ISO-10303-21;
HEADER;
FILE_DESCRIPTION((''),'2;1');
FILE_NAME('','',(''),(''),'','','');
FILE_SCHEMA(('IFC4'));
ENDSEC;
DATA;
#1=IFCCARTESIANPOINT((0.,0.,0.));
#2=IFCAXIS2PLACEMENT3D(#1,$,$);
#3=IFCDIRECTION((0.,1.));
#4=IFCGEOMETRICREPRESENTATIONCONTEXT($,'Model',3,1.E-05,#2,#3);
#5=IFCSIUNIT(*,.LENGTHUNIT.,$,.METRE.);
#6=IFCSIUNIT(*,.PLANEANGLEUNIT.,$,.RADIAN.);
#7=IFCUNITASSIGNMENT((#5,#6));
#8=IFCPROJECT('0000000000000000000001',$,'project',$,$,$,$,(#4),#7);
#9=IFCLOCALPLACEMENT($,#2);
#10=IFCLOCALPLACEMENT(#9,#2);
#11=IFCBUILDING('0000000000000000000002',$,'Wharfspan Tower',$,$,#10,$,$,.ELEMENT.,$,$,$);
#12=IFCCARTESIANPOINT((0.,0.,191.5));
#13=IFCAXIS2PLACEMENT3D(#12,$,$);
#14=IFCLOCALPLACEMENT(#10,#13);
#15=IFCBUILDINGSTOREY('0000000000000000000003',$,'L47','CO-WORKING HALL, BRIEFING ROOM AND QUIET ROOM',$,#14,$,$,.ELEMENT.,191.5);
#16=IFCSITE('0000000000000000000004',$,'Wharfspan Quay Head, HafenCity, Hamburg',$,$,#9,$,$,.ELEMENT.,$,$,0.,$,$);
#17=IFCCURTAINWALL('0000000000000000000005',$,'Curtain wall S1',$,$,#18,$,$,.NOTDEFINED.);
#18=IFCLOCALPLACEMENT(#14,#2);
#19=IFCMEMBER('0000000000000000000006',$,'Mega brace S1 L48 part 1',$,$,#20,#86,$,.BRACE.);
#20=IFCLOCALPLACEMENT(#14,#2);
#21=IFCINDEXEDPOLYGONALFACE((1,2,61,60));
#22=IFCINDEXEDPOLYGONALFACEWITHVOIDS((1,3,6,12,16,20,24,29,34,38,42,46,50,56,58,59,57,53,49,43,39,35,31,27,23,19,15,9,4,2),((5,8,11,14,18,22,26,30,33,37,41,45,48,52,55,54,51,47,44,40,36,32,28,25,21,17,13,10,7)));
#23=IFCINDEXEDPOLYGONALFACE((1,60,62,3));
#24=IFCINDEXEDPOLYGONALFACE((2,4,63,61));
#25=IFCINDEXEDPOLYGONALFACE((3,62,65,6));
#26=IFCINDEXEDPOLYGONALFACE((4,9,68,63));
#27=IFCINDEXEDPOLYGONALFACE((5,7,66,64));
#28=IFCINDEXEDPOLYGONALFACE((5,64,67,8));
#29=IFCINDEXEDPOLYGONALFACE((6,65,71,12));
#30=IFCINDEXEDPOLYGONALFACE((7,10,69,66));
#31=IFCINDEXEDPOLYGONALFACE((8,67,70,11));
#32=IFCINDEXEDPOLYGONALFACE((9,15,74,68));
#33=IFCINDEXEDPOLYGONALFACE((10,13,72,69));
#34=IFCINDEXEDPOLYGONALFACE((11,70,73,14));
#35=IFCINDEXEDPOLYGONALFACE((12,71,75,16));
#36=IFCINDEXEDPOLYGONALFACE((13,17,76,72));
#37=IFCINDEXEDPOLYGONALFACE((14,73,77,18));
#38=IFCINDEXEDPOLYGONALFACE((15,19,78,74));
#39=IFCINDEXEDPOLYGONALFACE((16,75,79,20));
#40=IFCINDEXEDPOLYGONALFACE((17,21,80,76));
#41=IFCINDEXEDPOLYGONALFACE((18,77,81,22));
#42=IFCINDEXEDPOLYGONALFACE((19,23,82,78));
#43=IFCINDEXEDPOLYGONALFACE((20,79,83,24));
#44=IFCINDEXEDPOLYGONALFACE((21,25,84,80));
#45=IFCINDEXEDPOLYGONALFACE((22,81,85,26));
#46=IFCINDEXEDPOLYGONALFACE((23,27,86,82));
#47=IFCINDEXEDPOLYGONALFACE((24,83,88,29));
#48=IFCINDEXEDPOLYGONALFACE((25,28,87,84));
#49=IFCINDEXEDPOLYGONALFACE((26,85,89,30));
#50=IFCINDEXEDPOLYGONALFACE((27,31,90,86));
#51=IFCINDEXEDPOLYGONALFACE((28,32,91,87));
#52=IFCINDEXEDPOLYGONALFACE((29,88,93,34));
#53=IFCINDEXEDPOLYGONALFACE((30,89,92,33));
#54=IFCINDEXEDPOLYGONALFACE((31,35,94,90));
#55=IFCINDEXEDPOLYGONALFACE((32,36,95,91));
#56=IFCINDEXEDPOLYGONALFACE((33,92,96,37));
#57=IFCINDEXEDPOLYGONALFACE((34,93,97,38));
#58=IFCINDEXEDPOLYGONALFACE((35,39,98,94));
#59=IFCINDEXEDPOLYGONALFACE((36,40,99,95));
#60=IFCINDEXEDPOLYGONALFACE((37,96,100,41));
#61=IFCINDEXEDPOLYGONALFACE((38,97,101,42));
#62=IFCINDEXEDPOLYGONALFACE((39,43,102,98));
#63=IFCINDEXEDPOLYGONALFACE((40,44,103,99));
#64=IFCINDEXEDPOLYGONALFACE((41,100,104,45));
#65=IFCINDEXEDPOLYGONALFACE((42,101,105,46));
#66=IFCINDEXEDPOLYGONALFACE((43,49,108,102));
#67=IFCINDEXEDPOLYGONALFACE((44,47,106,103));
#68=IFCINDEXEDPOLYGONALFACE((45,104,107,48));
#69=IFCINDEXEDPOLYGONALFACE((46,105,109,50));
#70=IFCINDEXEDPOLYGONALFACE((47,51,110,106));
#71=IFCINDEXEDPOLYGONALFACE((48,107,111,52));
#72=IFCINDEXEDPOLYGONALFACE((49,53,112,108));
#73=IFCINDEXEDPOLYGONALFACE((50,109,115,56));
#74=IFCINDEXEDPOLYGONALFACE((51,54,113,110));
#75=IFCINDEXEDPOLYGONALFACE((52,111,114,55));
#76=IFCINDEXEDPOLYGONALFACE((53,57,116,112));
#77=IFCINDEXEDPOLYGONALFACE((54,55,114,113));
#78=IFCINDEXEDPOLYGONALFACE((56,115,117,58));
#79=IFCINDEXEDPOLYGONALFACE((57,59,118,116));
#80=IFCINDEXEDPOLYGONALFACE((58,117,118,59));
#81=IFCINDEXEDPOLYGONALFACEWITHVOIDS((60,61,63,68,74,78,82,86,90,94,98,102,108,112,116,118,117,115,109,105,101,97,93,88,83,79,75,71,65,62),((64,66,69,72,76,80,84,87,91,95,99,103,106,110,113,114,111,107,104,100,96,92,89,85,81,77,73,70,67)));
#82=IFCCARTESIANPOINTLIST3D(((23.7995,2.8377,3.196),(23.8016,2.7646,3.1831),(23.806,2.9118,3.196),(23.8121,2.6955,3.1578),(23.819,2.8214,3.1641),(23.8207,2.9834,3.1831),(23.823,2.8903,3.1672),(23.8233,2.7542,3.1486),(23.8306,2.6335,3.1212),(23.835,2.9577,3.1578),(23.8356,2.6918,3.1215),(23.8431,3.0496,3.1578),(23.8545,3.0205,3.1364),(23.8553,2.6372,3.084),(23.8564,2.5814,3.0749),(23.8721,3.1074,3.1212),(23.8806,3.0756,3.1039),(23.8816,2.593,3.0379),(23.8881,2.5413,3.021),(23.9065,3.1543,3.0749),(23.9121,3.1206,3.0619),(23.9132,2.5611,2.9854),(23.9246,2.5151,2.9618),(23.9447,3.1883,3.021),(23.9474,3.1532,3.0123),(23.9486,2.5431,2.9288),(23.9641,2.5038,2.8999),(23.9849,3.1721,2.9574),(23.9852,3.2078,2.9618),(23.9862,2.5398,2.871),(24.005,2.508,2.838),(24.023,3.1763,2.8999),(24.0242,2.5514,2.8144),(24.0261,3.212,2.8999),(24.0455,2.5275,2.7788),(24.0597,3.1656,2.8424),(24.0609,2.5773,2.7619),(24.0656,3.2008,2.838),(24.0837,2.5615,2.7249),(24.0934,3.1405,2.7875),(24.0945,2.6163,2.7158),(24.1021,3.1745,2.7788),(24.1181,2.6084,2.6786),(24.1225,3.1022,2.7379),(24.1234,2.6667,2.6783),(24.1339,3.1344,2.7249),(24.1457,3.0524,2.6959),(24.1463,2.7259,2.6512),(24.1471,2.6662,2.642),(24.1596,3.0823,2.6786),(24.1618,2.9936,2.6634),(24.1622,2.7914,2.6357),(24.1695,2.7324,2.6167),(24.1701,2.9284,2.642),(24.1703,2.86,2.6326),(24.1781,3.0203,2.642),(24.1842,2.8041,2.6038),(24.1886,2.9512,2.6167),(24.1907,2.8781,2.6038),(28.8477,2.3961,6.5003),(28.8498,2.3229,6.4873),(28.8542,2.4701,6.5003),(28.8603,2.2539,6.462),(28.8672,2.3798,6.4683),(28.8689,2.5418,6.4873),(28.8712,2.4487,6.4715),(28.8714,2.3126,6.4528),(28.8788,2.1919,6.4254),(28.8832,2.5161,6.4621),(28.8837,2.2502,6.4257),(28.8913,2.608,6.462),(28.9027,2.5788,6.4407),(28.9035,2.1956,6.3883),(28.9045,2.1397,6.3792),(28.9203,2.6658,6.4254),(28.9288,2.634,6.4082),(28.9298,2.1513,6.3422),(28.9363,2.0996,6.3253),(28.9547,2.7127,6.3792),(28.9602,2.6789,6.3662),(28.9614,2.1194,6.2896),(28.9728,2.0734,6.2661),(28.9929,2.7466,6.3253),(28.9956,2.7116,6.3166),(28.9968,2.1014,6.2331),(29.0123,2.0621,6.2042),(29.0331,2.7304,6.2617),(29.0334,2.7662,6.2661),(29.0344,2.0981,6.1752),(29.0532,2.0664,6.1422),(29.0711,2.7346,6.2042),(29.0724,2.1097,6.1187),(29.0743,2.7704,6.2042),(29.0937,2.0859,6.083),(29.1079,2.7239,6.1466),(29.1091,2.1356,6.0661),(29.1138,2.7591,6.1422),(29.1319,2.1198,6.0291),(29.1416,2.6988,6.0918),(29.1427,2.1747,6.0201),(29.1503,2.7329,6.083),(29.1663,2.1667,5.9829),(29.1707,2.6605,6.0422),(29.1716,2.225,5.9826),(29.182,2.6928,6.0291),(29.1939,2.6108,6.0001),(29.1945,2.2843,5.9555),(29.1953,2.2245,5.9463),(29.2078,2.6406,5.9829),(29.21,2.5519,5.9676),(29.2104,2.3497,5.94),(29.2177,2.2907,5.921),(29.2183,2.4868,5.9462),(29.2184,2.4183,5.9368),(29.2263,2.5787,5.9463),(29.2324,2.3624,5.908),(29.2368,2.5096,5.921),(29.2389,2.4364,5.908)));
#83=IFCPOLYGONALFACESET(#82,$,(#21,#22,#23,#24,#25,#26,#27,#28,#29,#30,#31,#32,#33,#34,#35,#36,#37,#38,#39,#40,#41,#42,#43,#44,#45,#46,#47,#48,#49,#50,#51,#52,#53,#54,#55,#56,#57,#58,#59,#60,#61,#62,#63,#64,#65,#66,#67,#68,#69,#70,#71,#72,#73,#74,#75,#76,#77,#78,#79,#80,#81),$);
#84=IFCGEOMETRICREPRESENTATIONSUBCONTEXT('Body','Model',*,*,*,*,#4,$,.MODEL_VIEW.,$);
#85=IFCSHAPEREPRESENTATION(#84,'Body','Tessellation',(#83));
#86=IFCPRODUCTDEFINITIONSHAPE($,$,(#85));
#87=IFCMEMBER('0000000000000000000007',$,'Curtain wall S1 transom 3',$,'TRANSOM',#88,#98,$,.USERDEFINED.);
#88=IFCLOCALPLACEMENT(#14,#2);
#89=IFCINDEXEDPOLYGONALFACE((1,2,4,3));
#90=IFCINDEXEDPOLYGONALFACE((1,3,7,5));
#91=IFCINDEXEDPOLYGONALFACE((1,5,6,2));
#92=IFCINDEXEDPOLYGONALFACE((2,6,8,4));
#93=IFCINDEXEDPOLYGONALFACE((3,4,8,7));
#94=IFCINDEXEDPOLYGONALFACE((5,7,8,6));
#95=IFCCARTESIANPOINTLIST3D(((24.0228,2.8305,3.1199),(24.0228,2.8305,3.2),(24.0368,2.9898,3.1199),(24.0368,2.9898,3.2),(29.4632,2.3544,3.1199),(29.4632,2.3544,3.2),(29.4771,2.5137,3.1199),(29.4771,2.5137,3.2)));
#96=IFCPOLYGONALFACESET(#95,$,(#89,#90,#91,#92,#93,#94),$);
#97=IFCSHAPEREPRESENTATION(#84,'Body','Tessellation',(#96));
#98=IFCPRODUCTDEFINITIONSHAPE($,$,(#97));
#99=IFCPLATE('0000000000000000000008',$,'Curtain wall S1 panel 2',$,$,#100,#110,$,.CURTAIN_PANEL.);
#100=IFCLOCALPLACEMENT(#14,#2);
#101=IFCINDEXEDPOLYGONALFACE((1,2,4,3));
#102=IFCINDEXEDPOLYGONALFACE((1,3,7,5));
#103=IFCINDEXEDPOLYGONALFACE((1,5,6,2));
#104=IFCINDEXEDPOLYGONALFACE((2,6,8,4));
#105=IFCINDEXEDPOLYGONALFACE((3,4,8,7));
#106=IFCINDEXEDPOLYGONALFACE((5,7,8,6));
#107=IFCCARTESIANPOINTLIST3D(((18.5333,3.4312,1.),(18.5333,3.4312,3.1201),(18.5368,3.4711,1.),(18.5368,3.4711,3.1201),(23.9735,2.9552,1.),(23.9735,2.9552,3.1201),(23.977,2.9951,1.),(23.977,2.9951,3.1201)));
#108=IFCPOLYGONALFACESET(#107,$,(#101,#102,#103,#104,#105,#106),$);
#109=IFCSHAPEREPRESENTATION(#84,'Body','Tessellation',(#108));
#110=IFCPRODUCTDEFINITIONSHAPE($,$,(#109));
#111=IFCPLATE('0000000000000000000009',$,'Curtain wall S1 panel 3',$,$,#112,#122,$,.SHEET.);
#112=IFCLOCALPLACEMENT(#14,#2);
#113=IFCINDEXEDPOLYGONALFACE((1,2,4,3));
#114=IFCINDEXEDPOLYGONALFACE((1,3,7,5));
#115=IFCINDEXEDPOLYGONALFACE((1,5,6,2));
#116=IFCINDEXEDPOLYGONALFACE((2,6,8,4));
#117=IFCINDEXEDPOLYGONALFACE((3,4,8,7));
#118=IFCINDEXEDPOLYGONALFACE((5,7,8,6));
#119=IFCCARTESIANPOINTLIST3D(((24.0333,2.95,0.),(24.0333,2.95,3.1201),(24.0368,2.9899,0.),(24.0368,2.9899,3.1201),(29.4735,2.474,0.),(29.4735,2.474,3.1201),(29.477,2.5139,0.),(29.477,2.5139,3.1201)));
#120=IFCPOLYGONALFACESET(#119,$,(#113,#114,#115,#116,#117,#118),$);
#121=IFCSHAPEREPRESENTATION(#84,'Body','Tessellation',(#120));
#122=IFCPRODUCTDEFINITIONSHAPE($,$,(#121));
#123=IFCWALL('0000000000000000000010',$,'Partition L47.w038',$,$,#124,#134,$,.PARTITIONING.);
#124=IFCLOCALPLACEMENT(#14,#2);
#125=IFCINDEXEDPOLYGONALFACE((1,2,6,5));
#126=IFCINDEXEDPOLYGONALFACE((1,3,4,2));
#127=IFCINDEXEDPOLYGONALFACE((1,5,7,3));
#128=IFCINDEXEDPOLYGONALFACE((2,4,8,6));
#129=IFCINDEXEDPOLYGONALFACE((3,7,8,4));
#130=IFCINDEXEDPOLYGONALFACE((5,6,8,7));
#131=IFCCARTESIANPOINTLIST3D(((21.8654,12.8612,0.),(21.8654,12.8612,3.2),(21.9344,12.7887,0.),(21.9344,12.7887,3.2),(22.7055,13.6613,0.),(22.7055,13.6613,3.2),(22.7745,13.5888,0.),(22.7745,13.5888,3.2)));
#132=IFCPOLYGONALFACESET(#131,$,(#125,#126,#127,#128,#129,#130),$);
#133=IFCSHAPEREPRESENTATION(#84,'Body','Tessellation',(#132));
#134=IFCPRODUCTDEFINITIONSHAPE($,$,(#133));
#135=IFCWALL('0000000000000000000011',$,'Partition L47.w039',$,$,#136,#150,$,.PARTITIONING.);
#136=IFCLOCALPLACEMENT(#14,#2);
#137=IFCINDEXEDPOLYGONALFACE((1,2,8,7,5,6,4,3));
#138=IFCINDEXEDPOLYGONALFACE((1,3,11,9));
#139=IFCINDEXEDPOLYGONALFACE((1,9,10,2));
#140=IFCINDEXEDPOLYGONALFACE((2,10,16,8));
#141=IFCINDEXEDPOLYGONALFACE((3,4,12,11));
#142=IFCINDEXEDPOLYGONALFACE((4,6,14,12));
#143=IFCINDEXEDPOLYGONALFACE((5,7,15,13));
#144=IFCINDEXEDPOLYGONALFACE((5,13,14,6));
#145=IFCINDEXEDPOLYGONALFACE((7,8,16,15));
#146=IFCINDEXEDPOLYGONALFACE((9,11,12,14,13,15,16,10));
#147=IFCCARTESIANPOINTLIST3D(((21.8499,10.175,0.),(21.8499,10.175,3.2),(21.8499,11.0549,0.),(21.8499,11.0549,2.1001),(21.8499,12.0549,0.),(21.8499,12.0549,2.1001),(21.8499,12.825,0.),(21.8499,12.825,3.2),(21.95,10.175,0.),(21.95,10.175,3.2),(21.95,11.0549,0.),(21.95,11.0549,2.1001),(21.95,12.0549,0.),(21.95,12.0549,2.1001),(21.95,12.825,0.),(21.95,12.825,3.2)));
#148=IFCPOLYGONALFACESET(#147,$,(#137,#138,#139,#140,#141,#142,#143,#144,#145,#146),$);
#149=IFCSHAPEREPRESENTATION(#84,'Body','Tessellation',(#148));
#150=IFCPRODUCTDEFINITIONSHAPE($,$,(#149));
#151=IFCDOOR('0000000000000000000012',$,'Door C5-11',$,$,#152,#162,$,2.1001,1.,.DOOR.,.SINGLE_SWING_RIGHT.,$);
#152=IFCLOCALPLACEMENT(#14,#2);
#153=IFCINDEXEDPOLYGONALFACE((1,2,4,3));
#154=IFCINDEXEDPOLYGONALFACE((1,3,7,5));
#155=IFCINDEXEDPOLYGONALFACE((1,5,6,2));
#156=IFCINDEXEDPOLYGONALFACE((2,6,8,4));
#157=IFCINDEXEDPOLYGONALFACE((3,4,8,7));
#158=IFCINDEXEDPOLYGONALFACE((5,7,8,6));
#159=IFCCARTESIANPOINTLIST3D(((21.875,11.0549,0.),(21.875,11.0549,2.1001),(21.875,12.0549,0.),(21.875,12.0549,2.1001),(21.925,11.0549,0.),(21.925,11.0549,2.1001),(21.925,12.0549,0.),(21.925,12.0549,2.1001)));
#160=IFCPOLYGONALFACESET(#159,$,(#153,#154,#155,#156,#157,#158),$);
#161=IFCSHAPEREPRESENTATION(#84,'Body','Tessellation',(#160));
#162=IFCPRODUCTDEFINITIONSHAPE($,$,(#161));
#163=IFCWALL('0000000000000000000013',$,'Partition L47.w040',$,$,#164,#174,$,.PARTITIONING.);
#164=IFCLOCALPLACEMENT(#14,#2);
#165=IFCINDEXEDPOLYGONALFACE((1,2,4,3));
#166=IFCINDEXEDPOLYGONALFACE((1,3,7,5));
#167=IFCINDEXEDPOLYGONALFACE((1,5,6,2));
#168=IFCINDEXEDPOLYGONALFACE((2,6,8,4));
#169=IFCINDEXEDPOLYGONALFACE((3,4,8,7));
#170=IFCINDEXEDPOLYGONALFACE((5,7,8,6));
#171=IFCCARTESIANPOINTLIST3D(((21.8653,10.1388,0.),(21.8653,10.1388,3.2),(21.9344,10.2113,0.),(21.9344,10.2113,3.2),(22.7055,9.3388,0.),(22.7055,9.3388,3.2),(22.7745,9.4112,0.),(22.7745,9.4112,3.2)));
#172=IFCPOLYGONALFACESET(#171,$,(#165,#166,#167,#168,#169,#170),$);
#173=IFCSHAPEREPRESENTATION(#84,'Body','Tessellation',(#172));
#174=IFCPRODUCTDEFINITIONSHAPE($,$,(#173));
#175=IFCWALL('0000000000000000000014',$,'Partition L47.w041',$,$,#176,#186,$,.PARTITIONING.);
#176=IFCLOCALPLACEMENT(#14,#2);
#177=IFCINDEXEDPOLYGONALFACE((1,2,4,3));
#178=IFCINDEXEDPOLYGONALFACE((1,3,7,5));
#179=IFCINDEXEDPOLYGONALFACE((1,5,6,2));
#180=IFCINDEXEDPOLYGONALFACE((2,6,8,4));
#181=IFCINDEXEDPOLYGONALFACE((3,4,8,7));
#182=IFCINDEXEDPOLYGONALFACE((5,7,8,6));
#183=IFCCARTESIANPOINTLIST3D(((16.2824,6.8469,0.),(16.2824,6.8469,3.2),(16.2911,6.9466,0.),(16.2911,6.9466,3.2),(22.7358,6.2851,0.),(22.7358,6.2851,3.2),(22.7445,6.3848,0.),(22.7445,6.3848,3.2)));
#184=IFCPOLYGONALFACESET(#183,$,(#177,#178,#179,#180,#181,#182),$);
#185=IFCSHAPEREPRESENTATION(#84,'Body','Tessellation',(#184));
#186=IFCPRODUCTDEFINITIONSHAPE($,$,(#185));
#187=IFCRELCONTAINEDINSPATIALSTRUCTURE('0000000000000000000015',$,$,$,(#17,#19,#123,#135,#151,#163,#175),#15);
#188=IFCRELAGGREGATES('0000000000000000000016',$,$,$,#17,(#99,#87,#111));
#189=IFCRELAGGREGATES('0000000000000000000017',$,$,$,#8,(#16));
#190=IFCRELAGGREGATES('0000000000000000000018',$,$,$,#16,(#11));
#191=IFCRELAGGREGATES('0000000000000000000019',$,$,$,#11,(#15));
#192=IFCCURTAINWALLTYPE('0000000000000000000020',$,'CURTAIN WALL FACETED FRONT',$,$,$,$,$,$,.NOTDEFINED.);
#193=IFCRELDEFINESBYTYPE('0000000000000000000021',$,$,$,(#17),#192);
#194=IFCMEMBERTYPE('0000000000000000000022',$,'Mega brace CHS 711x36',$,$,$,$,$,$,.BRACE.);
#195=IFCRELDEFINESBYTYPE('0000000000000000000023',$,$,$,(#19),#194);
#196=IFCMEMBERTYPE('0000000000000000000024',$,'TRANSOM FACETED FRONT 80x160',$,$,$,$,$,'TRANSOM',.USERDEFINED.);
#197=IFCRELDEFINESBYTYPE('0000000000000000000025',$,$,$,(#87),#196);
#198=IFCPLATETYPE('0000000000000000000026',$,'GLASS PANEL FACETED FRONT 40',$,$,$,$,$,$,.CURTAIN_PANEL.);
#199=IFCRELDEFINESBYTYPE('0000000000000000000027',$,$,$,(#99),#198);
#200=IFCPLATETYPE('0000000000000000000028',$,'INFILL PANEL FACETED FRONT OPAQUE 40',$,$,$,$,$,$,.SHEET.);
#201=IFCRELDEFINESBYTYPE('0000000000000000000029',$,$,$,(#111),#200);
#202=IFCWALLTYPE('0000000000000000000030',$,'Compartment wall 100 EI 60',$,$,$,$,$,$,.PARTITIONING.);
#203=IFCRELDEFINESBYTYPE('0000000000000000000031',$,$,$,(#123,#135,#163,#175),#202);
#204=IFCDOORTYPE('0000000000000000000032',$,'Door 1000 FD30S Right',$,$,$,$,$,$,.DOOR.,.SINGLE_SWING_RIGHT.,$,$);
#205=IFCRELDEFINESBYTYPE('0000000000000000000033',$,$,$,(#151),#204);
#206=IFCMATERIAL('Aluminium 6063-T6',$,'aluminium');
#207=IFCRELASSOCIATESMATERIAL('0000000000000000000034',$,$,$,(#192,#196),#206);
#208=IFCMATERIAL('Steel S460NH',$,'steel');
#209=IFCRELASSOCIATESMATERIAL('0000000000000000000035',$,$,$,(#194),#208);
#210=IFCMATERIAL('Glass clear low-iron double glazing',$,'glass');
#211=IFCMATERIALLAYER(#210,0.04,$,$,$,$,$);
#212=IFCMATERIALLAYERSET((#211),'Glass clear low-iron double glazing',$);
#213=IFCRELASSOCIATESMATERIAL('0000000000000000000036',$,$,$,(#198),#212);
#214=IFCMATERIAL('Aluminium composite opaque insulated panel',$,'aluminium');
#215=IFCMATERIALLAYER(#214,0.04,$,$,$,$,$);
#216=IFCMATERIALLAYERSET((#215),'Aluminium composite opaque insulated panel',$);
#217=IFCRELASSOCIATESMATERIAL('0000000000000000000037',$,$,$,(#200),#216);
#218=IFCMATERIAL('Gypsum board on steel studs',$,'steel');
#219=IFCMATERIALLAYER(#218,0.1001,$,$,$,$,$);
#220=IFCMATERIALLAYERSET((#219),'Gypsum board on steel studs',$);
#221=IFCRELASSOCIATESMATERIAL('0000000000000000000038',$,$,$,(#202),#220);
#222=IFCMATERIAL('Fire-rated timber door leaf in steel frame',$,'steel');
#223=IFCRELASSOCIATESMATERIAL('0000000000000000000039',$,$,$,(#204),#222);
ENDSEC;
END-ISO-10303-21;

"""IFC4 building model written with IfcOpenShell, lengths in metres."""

from ifc_helpers import new_model, si_unit, direction, frame, frame_2d, origin, origin_2d, place, context, subcontext, project, spatial, rectangle, hollow_circle, extrude, material, layer, layer_set, material_profile, profile_set, type_object, element, fill, aggregate, save


model = new_model("IFC4")

# Units and contexts
model_context = context("Model", 3, precision=1e-05, world=origin(), true_north=direction((0.0, 1.0)))
body_context = subcontext(model_context, "Body", "Model", "MODEL_VIEW")
ifc_project = project(units=[si_unit("LENGTHUNIT", "METRE"), si_unit("PLANEANGLEUNIT", "RADIAN")], contexts=[model_context])

# Site, building, storey
site_placement = place(None, origin())
site = spatial("IfcSite", under=ifc_project, at=site_placement, Name="Wharfspan Quay Head, HafenCity, Hamburg", CompositionType="ELEMENT", RefElevation=0.0)
building_placement = place(site_placement, origin())
building = spatial("IfcBuilding", under=site, at=building_placement, Name="Wharfspan Tower", CompositionType="ELEMENT")
storey_placement = place(building_placement, frame((0.0, 0.0, 191.5)))
storey = spatial("IfcBuildingStorey", under=building, at=storey_placement, Name="L47", Description="CO-WORKING HALL, BRIEFING ROOM AND QUIET ROOM", CompositionType="ELEMENT", Elevation=191.5)

# Curtain wall
ifc_material_1 = material(Name="Aluminium 6063-T6", Category="aluminium")
curtain_wall_type = type_object("IfcCurtainWallType", Name="CURTAIN WALL FACETED FRONT", PredefinedType="NOTDEFINED", material=ifc_material_1)
curtain_wall_placement = place(storey_placement, origin())
curtain_wall = element("IfcCurtainWall", 1, at=curtain_wall_placement, inside=storey, type_object=curtain_wall_type, Name="Curtain wall S1", PredefinedType="NOTDEFINED")

# Members
ifc_material_2 = material(Name="Steel S460NH", Category="steel")
ifc_material_profile_1 = material_profile(ifc_material_2, hollow_circle(Radius=0.3555, WallThickness=0.0359, at=origin_2d()))
ifc_profile_set_1 = profile_set([ifc_material_profile_1], Name="Steel S460NH")
member_type_1 = type_object("IfcMemberType", Name="Mega brace CHS 711x36", PredefinedType="BRACE", material=ifc_profile_set_1)
member_1_placement = place(storey_placement, frame((23.9951, 2.8579, 2.8999), z_axis=(0.834469, -0.073006, 0.546197), x_axis=(0.087156, 0.996198, -0.000001)))
element("IfcMember", 2, at=member_1_placement, inside=storey, type_object=member_type_1, Name="Mega brace S1 L48 part 1", PredefinedType="BRACE", context=body_context, shape_type="SweptSolid", body=[
    extrude(hollow_circle(Radius=0.3555, WallThickness=0.0359, at=origin_2d()), origin(), (0.0, 0.0, 1.0), 6.0496),
])
ifc_material_profile_2 = material_profile(ifc_material_1, rectangle(XDim=0.1599, YDim=0.0801, at=origin_2d()))
ifc_profile_set_2 = profile_set([ifc_material_profile_2], Name="Aluminium 6063-T6")
member_type_2 = type_object("IfcMemberType", Name="TRANSOM FACETED FRONT 80x160", ElementType="TRANSOM", PredefinedType="USERDEFINED", material=ifc_profile_set_2)
member_2_placement = place(storey_placement, frame((24.0298, 2.9102, 3.1599), z_axis=(0.996193, -0.087174, 0.0), x_axis=(0.087174, 0.996193, 0.0)))
member_2 = element("IfcMember", 3, at=member_2_placement, type_object=member_type_2, Name="Curtain wall S1 transom 3", ObjectType="TRANSOM", PredefinedType="USERDEFINED", context=body_context, shape_type="SweptSolid", body=[
    extrude(rectangle(XDim=0.1599, YDim=0.0801, at=origin_2d()), origin(), (0.0, 0.0, 1.0), 5.4612),
])

# Plates
ifc_material_3 = material(Name="Glass clear low-iron double glazing", Category="glass")
ifc_layer_1 = layer(ifc_material_3, 0.04)
ifc_layer_set_1 = layer_set([ifc_layer_1], Name="Glass clear low-iron double glazing")
plate_type_1 = type_object("IfcPlateType", Name="GLASS PANEL FACETED FRONT 40", PredefinedType="CURTAIN_PANEL", material=ifc_layer_set_1)
plate_1_placement = place(storey_placement, frame((21.2551, 3.2131, 1.0), z_axis=(0.0, 0.0, 1.0), x_axis=(0.996198, -0.087156, 0.0)))
plate_1 = element("IfcPlate", 4, at=plate_1_placement, type_object=plate_type_1, Name="Curtain wall S1 panel 2", PredefinedType="CURTAIN_PANEL", context=body_context, shape_type="SweptSolid", body=[
    extrude(rectangle(XDim=5.4609, YDim=0.04, at=origin_2d()), origin(), (0.0, 0.0, 1.0), 2.1201),
])
ifc_material_4 = material(Name="Aluminium composite opaque insulated panel", Category="aluminium")
ifc_layer_2 = layer(ifc_material_4, 0.04)
ifc_layer_set_2 = layer_set([ifc_layer_2], Name="Aluminium composite opaque insulated panel")
plate_type_2 = type_object("IfcPlateType", Name="INFILL PANEL FACETED FRONT OPAQUE 40", PredefinedType="SHEET", material=ifc_layer_set_2)
plate_2_placement = place(storey_placement, frame((26.7551, 2.7319, 0.0), z_axis=(0.0, 0.0, 1.0), x_axis=(0.996198, -0.087156, 0.0)))
plate_2 = element("IfcPlate", 5, at=plate_2_placement, type_object=plate_type_2, Name="Curtain wall S1 panel 3", PredefinedType="SHEET", context=body_context, shape_type="SweptSolid", body=[
    extrude(rectangle(XDim=5.4609, YDim=0.04, at=origin_2d()), origin(), (0.0, 0.0, 1.0), 3.1201),
])
aggregate(curtain_wall, [plate_1, member_2, plate_2])

# Wall
ifc_material_5 = material(Name="Gypsum board on steel studs", Category="steel")
ifc_layer_3 = layer(ifc_material_5, 0.1001)
ifc_layer_set_3 = layer_set([ifc_layer_3], Name="Gypsum board on steel studs")
wall_type_1 = type_object("IfcWallType", Name="Compartment wall 100 EI 60", PredefinedType="PARTITIONING", material=ifc_layer_set_3)
wall_1_placement = place(storey_placement, frame((21.8999, 12.825, 0.0), z_axis=(0.0, 0.0, 1.0), x_axis=(0.724157, 0.689643, 0.0)))
element("IfcWall", 6, at=wall_1_placement, inside=storey, type_object=wall_type_1, Name="Partition L47.w038", PredefinedType="PARTITIONING", context=body_context, shape_type="SweptSolid", body=[
    extrude(rectangle(XDim=1.1602, YDim=0.1001, at=frame_2d((0.5801, 0.0))), origin(), (0.0, 0.0, 1.0), 3.2),
])

# Wall, opening, door
wall_2_placement = place(storey_placement, frame((21.8999, 10.175, 0.0), z_axis=(0.0, 0.0, 1.0), x_axis=(0.0, 1.0, 0.0)))
wall_2 = element("IfcWall", 7, at=wall_2_placement, inside=storey, type_object=wall_type_1, Name="Partition L47.w039", PredefinedType="PARTITIONING", context=body_context, shape_type="SweptSolid", body=[
    extrude(rectangle(XDim=2.6499, YDim=0.1001, at=frame_2d((1.325, 0.0))), origin(), (0.0, 0.0, 1.0), 3.2),
])
opening_1_placement = place(wall_2_placement, frame((0.8799, 0.0, 0.0)))
opening_1 = element("IfcOpeningElement", 8, at=opening_1_placement, cuts=wall_2, PredefinedType="OPENING", context=body_context, shape_type="SweptSolid", body=[
    extrude(rectangle(XDim=1.0, YDim=2.1001, at=frame_2d((0.5, 1.05))), frame((0.0, 0.0601, 0.0), z_axis=(0.0, -1.0, 0.0), x_axis=(1.0, 0.0, 0.0)), (0.0, 0.0, 1.0), 0.1201),
])
ifc_material_6 = material(Name="Fire-rated timber door leaf in steel frame", Category="steel")
door_type_1 = type_object("IfcDoorType", Name="Door 1000 FD30S Right", OperationType="SINGLE_SWING_RIGHT", PredefinedType="DOOR", material=ifc_material_6)
door_1_placement = place(opening_1_placement, origin())
door_1 = element("IfcDoor", 9, at=door_1_placement, inside=storey, type_object=door_type_1, Name="Door C5-11", OperationType="SINGLE_SWING_RIGHT", OverallHeight=2.1001, OverallWidth=1.0, PredefinedType="DOOR", context=body_context, shape_type="SweptSolid", body=[
    extrude(rectangle(XDim=1.0, YDim=2.1001, at=frame_2d((0.5, 1.05))), frame((0.0, 0.0249, 0.0), z_axis=(0.0, -1.0, 0.0), x_axis=(1.0, 0.0, 0.0)), (0.0, 0.0, 1.0), 0.05),
])
fill(opening_1, door_1)

# Walls
wall_3_placement = place(storey_placement, frame((22.74, 9.375, 0.0), z_axis=(0.0, 0.0, 1.0), x_axis=(-0.724157, 0.689643, 0.0)))
element("IfcWall", 10, at=wall_3_placement, inside=storey, type_object=wall_type_1, Name="Partition L47.w040", PredefinedType="PARTITIONING", context=body_context, shape_type="SweptSolid", body=[
    extrude(rectangle(XDim=1.1602, YDim=0.1001, at=frame_2d((0.5801, 0.0))), origin(), (0.0, 0.0, 1.0), 3.2),
])
wall_4_placement = place(storey_placement, frame((22.74, 6.335, 0.0), z_axis=(0.0, 0.0, 1.0), x_axis=(-0.996229, 0.086722, 0.0)))
element("IfcWall", 11, at=wall_4_placement, inside=storey, type_object=wall_type_1, Name="Partition L47.w041", PredefinedType="PARTITIONING", context=body_context, shape_type="SweptSolid", body=[
    extrude(rectangle(XDim=6.4778, YDim=0.1001, at=frame_2d((3.2388, 0.0))), origin(), (0.0, 0.0, 1.0), 3.2),
])

save(model, "model.ifc")
